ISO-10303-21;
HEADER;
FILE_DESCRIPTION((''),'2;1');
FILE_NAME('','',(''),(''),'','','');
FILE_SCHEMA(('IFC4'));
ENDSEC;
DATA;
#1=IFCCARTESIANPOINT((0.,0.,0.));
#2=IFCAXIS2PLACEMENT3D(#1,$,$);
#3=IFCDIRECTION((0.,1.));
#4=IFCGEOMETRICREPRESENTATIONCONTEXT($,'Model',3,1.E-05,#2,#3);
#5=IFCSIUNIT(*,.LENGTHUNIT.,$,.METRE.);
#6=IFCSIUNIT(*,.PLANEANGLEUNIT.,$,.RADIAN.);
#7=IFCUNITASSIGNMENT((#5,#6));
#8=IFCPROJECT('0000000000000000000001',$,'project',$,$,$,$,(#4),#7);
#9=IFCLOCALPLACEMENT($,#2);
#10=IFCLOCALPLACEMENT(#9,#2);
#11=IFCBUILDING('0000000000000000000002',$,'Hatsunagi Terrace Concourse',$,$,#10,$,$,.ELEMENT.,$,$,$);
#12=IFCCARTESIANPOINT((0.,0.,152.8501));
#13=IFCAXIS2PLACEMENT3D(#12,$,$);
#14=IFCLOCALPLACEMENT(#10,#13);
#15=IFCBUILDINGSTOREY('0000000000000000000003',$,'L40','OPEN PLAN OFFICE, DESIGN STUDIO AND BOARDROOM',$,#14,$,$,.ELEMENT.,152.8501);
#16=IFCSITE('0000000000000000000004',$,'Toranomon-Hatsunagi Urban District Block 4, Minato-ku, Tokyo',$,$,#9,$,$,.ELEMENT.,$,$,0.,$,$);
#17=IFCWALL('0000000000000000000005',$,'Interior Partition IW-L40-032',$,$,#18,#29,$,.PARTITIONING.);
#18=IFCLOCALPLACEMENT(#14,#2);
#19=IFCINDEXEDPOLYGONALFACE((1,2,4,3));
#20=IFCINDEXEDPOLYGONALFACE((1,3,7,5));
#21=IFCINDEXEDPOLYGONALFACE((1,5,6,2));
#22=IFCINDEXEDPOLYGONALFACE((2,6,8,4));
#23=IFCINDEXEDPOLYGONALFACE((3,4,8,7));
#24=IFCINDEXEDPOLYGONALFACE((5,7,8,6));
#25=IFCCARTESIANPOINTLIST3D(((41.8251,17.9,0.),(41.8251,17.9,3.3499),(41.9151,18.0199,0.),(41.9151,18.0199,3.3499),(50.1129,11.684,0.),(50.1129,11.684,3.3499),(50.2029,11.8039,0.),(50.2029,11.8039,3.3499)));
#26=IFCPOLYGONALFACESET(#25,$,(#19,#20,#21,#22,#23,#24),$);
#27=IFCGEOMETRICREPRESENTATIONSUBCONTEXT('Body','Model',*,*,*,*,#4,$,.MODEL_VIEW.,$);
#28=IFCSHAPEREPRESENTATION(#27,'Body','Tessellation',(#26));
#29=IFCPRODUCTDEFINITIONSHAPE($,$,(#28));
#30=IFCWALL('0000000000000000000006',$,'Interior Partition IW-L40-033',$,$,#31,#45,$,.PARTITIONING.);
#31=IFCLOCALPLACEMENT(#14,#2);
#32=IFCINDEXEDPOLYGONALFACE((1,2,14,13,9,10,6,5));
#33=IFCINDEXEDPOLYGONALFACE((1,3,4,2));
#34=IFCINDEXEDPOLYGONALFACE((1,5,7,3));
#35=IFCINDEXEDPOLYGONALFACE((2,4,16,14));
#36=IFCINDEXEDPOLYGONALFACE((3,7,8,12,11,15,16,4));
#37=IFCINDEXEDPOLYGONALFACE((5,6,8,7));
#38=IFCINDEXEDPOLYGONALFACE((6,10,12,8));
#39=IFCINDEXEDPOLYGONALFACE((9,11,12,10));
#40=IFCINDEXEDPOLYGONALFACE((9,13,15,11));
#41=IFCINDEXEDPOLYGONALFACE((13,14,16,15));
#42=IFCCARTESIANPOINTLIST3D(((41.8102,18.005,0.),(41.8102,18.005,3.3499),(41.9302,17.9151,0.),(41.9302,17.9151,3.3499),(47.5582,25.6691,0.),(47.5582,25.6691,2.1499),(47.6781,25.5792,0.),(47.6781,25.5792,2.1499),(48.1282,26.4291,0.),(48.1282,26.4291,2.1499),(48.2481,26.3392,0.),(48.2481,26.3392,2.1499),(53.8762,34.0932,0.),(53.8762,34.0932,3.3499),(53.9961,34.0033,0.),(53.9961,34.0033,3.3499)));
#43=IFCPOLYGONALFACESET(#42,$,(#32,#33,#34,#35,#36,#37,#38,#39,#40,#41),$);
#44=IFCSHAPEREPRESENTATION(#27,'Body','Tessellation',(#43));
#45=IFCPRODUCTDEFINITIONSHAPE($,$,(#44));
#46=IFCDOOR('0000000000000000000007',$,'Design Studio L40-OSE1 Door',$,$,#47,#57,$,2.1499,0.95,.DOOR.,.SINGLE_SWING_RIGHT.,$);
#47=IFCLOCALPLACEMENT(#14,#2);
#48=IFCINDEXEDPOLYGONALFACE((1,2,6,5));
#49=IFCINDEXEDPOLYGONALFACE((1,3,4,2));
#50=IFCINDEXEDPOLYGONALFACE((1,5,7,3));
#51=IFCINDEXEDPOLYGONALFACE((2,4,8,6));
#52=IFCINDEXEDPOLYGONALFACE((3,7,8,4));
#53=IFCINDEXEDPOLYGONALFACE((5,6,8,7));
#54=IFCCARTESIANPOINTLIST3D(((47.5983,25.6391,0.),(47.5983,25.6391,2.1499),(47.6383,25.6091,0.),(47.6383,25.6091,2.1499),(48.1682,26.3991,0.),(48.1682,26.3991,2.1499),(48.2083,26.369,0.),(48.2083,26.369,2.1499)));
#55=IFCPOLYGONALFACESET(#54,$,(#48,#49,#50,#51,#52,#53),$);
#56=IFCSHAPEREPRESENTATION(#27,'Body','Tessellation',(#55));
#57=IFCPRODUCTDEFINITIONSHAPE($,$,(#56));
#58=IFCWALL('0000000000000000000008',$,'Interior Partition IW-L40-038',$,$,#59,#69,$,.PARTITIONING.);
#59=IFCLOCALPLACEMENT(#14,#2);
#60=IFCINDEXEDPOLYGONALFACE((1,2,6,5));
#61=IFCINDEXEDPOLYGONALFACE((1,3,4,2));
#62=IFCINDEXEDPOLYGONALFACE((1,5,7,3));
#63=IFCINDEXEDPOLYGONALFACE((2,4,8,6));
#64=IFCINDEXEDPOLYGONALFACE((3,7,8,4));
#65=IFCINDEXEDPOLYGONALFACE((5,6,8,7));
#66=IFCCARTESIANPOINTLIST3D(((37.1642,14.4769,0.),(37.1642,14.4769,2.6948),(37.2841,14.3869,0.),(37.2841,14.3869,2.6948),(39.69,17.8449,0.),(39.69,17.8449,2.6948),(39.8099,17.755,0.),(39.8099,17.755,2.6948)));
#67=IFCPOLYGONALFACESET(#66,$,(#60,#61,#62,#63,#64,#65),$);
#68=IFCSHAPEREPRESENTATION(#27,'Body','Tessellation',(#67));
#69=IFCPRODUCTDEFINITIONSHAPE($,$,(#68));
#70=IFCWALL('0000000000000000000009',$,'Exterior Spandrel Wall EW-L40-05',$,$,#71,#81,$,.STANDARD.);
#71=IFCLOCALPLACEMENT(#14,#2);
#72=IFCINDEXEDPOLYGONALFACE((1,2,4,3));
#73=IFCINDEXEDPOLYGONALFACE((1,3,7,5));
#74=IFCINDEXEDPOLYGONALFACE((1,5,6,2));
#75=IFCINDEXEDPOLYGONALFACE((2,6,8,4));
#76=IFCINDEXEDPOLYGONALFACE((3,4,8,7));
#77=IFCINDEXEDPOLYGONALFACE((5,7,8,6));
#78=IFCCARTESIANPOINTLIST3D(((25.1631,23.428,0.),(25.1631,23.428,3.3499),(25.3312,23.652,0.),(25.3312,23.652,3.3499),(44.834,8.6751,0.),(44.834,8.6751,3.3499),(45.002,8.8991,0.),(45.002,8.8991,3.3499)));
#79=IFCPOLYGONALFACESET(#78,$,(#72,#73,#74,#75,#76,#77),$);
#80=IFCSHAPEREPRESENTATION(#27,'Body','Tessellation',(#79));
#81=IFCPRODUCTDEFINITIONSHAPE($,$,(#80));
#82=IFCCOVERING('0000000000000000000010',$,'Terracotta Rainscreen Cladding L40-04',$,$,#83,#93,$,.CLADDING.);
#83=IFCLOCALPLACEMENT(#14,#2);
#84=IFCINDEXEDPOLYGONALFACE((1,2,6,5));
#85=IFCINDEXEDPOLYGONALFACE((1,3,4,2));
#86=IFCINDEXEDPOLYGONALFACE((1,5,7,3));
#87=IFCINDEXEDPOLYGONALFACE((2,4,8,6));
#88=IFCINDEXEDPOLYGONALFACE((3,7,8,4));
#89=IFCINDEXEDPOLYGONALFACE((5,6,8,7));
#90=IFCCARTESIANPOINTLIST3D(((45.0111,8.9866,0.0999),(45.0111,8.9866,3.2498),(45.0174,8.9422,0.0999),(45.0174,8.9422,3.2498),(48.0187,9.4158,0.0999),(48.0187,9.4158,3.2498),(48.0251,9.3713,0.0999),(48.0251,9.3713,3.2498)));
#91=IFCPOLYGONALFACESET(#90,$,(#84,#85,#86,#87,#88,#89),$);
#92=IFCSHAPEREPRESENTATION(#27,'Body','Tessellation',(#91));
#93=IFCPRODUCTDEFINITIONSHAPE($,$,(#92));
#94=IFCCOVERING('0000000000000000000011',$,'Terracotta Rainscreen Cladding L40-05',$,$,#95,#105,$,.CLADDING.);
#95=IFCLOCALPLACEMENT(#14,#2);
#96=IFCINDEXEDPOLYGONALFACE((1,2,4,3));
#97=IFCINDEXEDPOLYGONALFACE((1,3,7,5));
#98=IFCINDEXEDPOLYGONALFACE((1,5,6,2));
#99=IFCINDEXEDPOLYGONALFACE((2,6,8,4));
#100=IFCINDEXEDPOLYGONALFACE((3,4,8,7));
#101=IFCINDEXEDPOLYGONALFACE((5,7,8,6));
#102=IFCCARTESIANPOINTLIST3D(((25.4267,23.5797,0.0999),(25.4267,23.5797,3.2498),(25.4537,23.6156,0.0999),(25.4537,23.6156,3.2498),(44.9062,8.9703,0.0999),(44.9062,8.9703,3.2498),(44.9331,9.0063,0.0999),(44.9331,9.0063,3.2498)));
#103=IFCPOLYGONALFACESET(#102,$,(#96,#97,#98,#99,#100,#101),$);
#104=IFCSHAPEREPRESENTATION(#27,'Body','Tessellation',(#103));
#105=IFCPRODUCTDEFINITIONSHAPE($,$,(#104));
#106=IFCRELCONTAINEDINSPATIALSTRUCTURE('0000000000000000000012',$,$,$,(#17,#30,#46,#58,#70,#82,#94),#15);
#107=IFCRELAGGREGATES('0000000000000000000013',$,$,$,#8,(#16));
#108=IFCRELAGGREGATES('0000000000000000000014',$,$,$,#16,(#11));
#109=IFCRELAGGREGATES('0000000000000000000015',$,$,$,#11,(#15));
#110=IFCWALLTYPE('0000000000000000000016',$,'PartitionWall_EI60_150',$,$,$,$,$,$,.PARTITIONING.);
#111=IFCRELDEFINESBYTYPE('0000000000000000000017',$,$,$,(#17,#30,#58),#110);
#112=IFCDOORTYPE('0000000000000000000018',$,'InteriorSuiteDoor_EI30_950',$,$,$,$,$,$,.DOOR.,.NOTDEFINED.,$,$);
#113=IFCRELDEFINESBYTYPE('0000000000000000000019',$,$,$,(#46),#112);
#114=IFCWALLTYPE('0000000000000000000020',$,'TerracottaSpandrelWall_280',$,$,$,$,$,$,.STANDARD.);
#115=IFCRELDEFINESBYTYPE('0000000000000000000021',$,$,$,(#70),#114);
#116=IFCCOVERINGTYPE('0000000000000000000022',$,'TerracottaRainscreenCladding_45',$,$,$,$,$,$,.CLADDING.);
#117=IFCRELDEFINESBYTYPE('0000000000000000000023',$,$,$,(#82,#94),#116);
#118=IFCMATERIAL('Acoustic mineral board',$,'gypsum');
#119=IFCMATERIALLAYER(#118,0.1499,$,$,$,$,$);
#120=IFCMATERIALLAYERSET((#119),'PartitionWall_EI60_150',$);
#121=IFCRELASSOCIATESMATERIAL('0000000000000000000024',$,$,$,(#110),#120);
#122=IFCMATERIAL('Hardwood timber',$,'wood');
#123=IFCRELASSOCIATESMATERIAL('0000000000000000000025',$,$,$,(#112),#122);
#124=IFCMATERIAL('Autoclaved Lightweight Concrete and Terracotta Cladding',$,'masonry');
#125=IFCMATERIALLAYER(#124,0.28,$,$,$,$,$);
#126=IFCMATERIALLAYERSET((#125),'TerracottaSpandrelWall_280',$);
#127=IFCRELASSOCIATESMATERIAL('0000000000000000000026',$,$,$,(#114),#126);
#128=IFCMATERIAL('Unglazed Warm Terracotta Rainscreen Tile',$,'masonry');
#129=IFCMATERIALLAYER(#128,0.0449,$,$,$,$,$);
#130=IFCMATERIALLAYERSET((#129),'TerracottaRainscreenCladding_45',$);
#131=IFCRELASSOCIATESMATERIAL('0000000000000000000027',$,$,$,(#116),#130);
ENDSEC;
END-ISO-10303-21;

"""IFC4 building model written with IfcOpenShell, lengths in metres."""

from ifc_helpers import new_model, si_unit, direction, frame, frame_2d, origin, origin_2d, place, context, subcontext, project, spatial, rectangle, extrude, material, layer, layer_set, type_object, element, fill, save


model = new_model("IFC4")

# Units and contexts
model_context = context("Model", 3, precision=1e-05, world=origin(), true_north=direction((0.0, 1.0)))
body_context = subcontext(model_context, "Body", "Model", "MODEL_VIEW")
ifc_project = project(units=[si_unit("LENGTHUNIT", "METRE"), si_unit("PLANEANGLEUNIT", "RADIAN")], contexts=[model_context])

# Site, building, storey
site_placement = place(None, origin())
site = spatial("IfcSite", under=ifc_project, at=site_placement, Name="Toranomon-Hatsunagi Urban District Block 4, Minato-ku, Tokyo", CompositionType="ELEMENT", RefElevation=0.0)
building_placement = place(site_placement, origin())
building = spatial("IfcBuilding", under=site, at=building_placement, Name="Hatsunagi Terrace Concourse", CompositionType="ELEMENT")
storey_placement = place(building_placement, frame((0.0, 0.0, 152.8501)))
storey = spatial("IfcBuildingStorey", under=building, at=storey_placement, Name="L40", Description="OPEN PLAN OFFICE, DESIGN STUDIO AND BOARDROOM", CompositionType="ELEMENT", Elevation=152.8501)

# Wall
ifc_material_1 = material(Name="Acoustic mineral board", Category="gypsum")
ifc_layer_1 = layer(ifc_material_1, 0.1499)
ifc_layer_set_1 = layer_set([ifc_layer_1], Name="PartitionWall_EI60_150")
wall_type_1 = type_object("IfcWallType", Name="PartitionWall_EI60_150", PredefinedType="PARTITIONING", material=ifc_layer_set_1)
wall_1_placement = place(storey_placement, frame((41.8701, 17.96, 0.0), z_axis=(0.0, 0.0, 1.0), x_axis=(0.799992, -0.600011, 0.0)))
element("IfcWall", 1, at=wall_1_placement, inside=storey, type_object=wall_type_1, Name="Interior Partition IW-L40-032", PredefinedType="PARTITIONING", context=body_context, shape_type="SweptSolid", body=[
    extrude(rectangle(XDim=10.3599, YDim=0.1499, at=frame_2d((5.1799, 0.0))), origin(), (0.0, 0.0, 1.0), 3.3499),
])

# Wall, opening, door
wall_2_placement = place(storey_placement, frame((41.8701, 17.96, 0.0), z_axis=(0.0, 0.0, 1.0), x_axis=(0.599994, 0.800004, 0.0)))
wall_2 = element("IfcWall", 2, at=wall_2_placement, inside=storey, type_object=wall_type_1, Name="Interior Partition IW-L40-033", PredefinedType="PARTITIONING", context=body_context, shape_type="SweptSolid", body=[
    extrude(rectangle(XDim=20.1101, YDim=0.1499, at=frame_2d((10.0552, 0.0))), origin(), (0.0, 0.0, 1.0), 3.3499),
])
opening_placement = place(wall_2_placement, frame((9.5801, 0.0, 0.0)))
opening = element("IfcOpeningElement", 3, at=opening_placement, cuts=wall_2, PredefinedType="OPENING", context=body_context, shape_type="SweptSolid", body=[
    extrude(rectangle(XDim=0.95, YDim=2.1499, at=frame_2d((0.4751, 1.075))), frame((0.0, 0.085, 0.0), z_axis=(0.0, -1.0, 0.0), x_axis=(1.0, 0.0, 0.0)), (0.0, 0.0, 1.0), 0.1699),
])
ifc_material_2 = material(Name="Hardwood timber", Category="wood")
door_type = type_object("IfcDoorType", Name="InteriorSuiteDoor_EI30_950", OperationType="NOTDEFINED", PredefinedType="DOOR", material=ifc_material_2)
door_placement = place(opening_placement, origin())
door = element("IfcDoor", 4, at=door_placement, inside=storey, type_object=door_type, Name="Design Studio L40-OSE1 Door", OperationType="SINGLE_SWING_RIGHT", OverallHeight=2.1499, OverallWidth=0.95, PredefinedType="DOOR", context=body_context, shape_type="SweptSolid", body=[
    extrude(rectangle(XDim=0.95, YDim=2.1499, at=frame_2d((0.4751, 1.075))), frame((0.0, 0.0249, 0.0), z_axis=(0.0, -1.0, 0.0), x_axis=(1.0, 0.0, 0.0)), (0.0, 0.0, 1.0), 0.05),
])
fill(opening, door)

# Walls
wall_3_placement = place(storey_placement, frame((37.2241, 14.4319, 0.0), z_axis=(0.0, 0.0, 1.0), x_axis=(0.599963, 0.800028, 0.0)))
element("IfcWall", 5, at=wall_3_placement, inside=storey, type_object=wall_type_1, Name="Interior Partition IW-L40-038", PredefinedType="PARTITIONING", context=body_context, shape_type="SweptSolid", body=[
    extrude(rectangle(XDim=4.21, YDim=0.1499, at=frame_2d((2.105, 0.0))), origin(), (0.0, 0.0, 1.0), 2.6948),
])
ifc_material_3 = material(Name="Autoclaved Lightweight Concrete and Terracotta Cladding", Category="masonry")
ifc_layer_2 = layer(ifc_material_3, 0.28)
ifc_layer_set_2 = layer_set([ifc_layer_2], Name="TerracottaSpandrelWall_280")
wall_type_2 = type_object("IfcWallType", Name="TerracottaSpandrelWall_280", PredefinedType="STANDARD", material=ifc_layer_set_2)
wall_4_placement = place(storey_placement, frame((44.918, 8.7871, 0.0), z_axis=(0.0, 0.0, 1.0), x_axis=(-0.800005, 0.599994, 0.0)))
element("IfcWall", 6, at=wall_4_placement, inside=storey, type_object=wall_type_2, Name="Exterior Spandrel Wall EW-L40-05", PredefinedType="STANDARD", context=body_context, shape_type="SweptSolid", body=[
    extrude(rectangle(XDim=24.5884, YDim=0.28, at=frame_2d((12.2942, 0.0))), origin(), (0.0, 0.0, 1.0), 3.3499),
])

# Coverings
ifc_material_4 = material(Name="Unglazed Warm Terracotta Rainscreen Tile", Category="masonry")
ifc_layer_3 = layer(ifc_material_4, 0.0449)
ifc_layer_set_3 = layer_set([ifc_layer_3], Name="TerracottaRainscreenCladding_45")
covering_type = type_object("IfcCoveringType", Name="TerracottaRainscreenCladding_45", PredefinedType="CLADDING", material=ifc_layer_set_3)
covering_1_placement = place(storey_placement, frame((46.5181, 9.179, 0.0999), z_axis=(0.0, 0.0, 1.0), x_axis=(-0.989974, -0.14125, 0.0)))
element("IfcCovering", 7, at=covering_1_placement, inside=storey, type_object=covering_type, Name="Terracotta Rainscreen Cladding L40-04", PredefinedType="CLADDING", context=body_context, shape_type="SweptSolid", body=[
    extrude(rectangle(XDim=3.0381, YDim=0.0449, at=origin_2d()), origin(), (0.0, 0.0, 1.0), 3.1499),
])
covering_2_placement = place(storey_placement, frame((35.1799, 16.293, 0.0999), z_axis=(0.0, 0.0, 1.0), x_axis=(-0.800005, 0.599993, 0.0)))
element("IfcCovering", 8, at=covering_2_placement, inside=storey, type_object=covering_type, Name="Terracotta Rainscreen Cladding L40-05", PredefinedType="CLADDING", context=body_context, shape_type="SweptSolid", body=[
    extrude(rectangle(XDim=24.3491, YDim=0.0449, at=origin_2d()), origin(), (0.0, 0.0, 1.0), 3.1499),
])

save(model, "model.ifc")
